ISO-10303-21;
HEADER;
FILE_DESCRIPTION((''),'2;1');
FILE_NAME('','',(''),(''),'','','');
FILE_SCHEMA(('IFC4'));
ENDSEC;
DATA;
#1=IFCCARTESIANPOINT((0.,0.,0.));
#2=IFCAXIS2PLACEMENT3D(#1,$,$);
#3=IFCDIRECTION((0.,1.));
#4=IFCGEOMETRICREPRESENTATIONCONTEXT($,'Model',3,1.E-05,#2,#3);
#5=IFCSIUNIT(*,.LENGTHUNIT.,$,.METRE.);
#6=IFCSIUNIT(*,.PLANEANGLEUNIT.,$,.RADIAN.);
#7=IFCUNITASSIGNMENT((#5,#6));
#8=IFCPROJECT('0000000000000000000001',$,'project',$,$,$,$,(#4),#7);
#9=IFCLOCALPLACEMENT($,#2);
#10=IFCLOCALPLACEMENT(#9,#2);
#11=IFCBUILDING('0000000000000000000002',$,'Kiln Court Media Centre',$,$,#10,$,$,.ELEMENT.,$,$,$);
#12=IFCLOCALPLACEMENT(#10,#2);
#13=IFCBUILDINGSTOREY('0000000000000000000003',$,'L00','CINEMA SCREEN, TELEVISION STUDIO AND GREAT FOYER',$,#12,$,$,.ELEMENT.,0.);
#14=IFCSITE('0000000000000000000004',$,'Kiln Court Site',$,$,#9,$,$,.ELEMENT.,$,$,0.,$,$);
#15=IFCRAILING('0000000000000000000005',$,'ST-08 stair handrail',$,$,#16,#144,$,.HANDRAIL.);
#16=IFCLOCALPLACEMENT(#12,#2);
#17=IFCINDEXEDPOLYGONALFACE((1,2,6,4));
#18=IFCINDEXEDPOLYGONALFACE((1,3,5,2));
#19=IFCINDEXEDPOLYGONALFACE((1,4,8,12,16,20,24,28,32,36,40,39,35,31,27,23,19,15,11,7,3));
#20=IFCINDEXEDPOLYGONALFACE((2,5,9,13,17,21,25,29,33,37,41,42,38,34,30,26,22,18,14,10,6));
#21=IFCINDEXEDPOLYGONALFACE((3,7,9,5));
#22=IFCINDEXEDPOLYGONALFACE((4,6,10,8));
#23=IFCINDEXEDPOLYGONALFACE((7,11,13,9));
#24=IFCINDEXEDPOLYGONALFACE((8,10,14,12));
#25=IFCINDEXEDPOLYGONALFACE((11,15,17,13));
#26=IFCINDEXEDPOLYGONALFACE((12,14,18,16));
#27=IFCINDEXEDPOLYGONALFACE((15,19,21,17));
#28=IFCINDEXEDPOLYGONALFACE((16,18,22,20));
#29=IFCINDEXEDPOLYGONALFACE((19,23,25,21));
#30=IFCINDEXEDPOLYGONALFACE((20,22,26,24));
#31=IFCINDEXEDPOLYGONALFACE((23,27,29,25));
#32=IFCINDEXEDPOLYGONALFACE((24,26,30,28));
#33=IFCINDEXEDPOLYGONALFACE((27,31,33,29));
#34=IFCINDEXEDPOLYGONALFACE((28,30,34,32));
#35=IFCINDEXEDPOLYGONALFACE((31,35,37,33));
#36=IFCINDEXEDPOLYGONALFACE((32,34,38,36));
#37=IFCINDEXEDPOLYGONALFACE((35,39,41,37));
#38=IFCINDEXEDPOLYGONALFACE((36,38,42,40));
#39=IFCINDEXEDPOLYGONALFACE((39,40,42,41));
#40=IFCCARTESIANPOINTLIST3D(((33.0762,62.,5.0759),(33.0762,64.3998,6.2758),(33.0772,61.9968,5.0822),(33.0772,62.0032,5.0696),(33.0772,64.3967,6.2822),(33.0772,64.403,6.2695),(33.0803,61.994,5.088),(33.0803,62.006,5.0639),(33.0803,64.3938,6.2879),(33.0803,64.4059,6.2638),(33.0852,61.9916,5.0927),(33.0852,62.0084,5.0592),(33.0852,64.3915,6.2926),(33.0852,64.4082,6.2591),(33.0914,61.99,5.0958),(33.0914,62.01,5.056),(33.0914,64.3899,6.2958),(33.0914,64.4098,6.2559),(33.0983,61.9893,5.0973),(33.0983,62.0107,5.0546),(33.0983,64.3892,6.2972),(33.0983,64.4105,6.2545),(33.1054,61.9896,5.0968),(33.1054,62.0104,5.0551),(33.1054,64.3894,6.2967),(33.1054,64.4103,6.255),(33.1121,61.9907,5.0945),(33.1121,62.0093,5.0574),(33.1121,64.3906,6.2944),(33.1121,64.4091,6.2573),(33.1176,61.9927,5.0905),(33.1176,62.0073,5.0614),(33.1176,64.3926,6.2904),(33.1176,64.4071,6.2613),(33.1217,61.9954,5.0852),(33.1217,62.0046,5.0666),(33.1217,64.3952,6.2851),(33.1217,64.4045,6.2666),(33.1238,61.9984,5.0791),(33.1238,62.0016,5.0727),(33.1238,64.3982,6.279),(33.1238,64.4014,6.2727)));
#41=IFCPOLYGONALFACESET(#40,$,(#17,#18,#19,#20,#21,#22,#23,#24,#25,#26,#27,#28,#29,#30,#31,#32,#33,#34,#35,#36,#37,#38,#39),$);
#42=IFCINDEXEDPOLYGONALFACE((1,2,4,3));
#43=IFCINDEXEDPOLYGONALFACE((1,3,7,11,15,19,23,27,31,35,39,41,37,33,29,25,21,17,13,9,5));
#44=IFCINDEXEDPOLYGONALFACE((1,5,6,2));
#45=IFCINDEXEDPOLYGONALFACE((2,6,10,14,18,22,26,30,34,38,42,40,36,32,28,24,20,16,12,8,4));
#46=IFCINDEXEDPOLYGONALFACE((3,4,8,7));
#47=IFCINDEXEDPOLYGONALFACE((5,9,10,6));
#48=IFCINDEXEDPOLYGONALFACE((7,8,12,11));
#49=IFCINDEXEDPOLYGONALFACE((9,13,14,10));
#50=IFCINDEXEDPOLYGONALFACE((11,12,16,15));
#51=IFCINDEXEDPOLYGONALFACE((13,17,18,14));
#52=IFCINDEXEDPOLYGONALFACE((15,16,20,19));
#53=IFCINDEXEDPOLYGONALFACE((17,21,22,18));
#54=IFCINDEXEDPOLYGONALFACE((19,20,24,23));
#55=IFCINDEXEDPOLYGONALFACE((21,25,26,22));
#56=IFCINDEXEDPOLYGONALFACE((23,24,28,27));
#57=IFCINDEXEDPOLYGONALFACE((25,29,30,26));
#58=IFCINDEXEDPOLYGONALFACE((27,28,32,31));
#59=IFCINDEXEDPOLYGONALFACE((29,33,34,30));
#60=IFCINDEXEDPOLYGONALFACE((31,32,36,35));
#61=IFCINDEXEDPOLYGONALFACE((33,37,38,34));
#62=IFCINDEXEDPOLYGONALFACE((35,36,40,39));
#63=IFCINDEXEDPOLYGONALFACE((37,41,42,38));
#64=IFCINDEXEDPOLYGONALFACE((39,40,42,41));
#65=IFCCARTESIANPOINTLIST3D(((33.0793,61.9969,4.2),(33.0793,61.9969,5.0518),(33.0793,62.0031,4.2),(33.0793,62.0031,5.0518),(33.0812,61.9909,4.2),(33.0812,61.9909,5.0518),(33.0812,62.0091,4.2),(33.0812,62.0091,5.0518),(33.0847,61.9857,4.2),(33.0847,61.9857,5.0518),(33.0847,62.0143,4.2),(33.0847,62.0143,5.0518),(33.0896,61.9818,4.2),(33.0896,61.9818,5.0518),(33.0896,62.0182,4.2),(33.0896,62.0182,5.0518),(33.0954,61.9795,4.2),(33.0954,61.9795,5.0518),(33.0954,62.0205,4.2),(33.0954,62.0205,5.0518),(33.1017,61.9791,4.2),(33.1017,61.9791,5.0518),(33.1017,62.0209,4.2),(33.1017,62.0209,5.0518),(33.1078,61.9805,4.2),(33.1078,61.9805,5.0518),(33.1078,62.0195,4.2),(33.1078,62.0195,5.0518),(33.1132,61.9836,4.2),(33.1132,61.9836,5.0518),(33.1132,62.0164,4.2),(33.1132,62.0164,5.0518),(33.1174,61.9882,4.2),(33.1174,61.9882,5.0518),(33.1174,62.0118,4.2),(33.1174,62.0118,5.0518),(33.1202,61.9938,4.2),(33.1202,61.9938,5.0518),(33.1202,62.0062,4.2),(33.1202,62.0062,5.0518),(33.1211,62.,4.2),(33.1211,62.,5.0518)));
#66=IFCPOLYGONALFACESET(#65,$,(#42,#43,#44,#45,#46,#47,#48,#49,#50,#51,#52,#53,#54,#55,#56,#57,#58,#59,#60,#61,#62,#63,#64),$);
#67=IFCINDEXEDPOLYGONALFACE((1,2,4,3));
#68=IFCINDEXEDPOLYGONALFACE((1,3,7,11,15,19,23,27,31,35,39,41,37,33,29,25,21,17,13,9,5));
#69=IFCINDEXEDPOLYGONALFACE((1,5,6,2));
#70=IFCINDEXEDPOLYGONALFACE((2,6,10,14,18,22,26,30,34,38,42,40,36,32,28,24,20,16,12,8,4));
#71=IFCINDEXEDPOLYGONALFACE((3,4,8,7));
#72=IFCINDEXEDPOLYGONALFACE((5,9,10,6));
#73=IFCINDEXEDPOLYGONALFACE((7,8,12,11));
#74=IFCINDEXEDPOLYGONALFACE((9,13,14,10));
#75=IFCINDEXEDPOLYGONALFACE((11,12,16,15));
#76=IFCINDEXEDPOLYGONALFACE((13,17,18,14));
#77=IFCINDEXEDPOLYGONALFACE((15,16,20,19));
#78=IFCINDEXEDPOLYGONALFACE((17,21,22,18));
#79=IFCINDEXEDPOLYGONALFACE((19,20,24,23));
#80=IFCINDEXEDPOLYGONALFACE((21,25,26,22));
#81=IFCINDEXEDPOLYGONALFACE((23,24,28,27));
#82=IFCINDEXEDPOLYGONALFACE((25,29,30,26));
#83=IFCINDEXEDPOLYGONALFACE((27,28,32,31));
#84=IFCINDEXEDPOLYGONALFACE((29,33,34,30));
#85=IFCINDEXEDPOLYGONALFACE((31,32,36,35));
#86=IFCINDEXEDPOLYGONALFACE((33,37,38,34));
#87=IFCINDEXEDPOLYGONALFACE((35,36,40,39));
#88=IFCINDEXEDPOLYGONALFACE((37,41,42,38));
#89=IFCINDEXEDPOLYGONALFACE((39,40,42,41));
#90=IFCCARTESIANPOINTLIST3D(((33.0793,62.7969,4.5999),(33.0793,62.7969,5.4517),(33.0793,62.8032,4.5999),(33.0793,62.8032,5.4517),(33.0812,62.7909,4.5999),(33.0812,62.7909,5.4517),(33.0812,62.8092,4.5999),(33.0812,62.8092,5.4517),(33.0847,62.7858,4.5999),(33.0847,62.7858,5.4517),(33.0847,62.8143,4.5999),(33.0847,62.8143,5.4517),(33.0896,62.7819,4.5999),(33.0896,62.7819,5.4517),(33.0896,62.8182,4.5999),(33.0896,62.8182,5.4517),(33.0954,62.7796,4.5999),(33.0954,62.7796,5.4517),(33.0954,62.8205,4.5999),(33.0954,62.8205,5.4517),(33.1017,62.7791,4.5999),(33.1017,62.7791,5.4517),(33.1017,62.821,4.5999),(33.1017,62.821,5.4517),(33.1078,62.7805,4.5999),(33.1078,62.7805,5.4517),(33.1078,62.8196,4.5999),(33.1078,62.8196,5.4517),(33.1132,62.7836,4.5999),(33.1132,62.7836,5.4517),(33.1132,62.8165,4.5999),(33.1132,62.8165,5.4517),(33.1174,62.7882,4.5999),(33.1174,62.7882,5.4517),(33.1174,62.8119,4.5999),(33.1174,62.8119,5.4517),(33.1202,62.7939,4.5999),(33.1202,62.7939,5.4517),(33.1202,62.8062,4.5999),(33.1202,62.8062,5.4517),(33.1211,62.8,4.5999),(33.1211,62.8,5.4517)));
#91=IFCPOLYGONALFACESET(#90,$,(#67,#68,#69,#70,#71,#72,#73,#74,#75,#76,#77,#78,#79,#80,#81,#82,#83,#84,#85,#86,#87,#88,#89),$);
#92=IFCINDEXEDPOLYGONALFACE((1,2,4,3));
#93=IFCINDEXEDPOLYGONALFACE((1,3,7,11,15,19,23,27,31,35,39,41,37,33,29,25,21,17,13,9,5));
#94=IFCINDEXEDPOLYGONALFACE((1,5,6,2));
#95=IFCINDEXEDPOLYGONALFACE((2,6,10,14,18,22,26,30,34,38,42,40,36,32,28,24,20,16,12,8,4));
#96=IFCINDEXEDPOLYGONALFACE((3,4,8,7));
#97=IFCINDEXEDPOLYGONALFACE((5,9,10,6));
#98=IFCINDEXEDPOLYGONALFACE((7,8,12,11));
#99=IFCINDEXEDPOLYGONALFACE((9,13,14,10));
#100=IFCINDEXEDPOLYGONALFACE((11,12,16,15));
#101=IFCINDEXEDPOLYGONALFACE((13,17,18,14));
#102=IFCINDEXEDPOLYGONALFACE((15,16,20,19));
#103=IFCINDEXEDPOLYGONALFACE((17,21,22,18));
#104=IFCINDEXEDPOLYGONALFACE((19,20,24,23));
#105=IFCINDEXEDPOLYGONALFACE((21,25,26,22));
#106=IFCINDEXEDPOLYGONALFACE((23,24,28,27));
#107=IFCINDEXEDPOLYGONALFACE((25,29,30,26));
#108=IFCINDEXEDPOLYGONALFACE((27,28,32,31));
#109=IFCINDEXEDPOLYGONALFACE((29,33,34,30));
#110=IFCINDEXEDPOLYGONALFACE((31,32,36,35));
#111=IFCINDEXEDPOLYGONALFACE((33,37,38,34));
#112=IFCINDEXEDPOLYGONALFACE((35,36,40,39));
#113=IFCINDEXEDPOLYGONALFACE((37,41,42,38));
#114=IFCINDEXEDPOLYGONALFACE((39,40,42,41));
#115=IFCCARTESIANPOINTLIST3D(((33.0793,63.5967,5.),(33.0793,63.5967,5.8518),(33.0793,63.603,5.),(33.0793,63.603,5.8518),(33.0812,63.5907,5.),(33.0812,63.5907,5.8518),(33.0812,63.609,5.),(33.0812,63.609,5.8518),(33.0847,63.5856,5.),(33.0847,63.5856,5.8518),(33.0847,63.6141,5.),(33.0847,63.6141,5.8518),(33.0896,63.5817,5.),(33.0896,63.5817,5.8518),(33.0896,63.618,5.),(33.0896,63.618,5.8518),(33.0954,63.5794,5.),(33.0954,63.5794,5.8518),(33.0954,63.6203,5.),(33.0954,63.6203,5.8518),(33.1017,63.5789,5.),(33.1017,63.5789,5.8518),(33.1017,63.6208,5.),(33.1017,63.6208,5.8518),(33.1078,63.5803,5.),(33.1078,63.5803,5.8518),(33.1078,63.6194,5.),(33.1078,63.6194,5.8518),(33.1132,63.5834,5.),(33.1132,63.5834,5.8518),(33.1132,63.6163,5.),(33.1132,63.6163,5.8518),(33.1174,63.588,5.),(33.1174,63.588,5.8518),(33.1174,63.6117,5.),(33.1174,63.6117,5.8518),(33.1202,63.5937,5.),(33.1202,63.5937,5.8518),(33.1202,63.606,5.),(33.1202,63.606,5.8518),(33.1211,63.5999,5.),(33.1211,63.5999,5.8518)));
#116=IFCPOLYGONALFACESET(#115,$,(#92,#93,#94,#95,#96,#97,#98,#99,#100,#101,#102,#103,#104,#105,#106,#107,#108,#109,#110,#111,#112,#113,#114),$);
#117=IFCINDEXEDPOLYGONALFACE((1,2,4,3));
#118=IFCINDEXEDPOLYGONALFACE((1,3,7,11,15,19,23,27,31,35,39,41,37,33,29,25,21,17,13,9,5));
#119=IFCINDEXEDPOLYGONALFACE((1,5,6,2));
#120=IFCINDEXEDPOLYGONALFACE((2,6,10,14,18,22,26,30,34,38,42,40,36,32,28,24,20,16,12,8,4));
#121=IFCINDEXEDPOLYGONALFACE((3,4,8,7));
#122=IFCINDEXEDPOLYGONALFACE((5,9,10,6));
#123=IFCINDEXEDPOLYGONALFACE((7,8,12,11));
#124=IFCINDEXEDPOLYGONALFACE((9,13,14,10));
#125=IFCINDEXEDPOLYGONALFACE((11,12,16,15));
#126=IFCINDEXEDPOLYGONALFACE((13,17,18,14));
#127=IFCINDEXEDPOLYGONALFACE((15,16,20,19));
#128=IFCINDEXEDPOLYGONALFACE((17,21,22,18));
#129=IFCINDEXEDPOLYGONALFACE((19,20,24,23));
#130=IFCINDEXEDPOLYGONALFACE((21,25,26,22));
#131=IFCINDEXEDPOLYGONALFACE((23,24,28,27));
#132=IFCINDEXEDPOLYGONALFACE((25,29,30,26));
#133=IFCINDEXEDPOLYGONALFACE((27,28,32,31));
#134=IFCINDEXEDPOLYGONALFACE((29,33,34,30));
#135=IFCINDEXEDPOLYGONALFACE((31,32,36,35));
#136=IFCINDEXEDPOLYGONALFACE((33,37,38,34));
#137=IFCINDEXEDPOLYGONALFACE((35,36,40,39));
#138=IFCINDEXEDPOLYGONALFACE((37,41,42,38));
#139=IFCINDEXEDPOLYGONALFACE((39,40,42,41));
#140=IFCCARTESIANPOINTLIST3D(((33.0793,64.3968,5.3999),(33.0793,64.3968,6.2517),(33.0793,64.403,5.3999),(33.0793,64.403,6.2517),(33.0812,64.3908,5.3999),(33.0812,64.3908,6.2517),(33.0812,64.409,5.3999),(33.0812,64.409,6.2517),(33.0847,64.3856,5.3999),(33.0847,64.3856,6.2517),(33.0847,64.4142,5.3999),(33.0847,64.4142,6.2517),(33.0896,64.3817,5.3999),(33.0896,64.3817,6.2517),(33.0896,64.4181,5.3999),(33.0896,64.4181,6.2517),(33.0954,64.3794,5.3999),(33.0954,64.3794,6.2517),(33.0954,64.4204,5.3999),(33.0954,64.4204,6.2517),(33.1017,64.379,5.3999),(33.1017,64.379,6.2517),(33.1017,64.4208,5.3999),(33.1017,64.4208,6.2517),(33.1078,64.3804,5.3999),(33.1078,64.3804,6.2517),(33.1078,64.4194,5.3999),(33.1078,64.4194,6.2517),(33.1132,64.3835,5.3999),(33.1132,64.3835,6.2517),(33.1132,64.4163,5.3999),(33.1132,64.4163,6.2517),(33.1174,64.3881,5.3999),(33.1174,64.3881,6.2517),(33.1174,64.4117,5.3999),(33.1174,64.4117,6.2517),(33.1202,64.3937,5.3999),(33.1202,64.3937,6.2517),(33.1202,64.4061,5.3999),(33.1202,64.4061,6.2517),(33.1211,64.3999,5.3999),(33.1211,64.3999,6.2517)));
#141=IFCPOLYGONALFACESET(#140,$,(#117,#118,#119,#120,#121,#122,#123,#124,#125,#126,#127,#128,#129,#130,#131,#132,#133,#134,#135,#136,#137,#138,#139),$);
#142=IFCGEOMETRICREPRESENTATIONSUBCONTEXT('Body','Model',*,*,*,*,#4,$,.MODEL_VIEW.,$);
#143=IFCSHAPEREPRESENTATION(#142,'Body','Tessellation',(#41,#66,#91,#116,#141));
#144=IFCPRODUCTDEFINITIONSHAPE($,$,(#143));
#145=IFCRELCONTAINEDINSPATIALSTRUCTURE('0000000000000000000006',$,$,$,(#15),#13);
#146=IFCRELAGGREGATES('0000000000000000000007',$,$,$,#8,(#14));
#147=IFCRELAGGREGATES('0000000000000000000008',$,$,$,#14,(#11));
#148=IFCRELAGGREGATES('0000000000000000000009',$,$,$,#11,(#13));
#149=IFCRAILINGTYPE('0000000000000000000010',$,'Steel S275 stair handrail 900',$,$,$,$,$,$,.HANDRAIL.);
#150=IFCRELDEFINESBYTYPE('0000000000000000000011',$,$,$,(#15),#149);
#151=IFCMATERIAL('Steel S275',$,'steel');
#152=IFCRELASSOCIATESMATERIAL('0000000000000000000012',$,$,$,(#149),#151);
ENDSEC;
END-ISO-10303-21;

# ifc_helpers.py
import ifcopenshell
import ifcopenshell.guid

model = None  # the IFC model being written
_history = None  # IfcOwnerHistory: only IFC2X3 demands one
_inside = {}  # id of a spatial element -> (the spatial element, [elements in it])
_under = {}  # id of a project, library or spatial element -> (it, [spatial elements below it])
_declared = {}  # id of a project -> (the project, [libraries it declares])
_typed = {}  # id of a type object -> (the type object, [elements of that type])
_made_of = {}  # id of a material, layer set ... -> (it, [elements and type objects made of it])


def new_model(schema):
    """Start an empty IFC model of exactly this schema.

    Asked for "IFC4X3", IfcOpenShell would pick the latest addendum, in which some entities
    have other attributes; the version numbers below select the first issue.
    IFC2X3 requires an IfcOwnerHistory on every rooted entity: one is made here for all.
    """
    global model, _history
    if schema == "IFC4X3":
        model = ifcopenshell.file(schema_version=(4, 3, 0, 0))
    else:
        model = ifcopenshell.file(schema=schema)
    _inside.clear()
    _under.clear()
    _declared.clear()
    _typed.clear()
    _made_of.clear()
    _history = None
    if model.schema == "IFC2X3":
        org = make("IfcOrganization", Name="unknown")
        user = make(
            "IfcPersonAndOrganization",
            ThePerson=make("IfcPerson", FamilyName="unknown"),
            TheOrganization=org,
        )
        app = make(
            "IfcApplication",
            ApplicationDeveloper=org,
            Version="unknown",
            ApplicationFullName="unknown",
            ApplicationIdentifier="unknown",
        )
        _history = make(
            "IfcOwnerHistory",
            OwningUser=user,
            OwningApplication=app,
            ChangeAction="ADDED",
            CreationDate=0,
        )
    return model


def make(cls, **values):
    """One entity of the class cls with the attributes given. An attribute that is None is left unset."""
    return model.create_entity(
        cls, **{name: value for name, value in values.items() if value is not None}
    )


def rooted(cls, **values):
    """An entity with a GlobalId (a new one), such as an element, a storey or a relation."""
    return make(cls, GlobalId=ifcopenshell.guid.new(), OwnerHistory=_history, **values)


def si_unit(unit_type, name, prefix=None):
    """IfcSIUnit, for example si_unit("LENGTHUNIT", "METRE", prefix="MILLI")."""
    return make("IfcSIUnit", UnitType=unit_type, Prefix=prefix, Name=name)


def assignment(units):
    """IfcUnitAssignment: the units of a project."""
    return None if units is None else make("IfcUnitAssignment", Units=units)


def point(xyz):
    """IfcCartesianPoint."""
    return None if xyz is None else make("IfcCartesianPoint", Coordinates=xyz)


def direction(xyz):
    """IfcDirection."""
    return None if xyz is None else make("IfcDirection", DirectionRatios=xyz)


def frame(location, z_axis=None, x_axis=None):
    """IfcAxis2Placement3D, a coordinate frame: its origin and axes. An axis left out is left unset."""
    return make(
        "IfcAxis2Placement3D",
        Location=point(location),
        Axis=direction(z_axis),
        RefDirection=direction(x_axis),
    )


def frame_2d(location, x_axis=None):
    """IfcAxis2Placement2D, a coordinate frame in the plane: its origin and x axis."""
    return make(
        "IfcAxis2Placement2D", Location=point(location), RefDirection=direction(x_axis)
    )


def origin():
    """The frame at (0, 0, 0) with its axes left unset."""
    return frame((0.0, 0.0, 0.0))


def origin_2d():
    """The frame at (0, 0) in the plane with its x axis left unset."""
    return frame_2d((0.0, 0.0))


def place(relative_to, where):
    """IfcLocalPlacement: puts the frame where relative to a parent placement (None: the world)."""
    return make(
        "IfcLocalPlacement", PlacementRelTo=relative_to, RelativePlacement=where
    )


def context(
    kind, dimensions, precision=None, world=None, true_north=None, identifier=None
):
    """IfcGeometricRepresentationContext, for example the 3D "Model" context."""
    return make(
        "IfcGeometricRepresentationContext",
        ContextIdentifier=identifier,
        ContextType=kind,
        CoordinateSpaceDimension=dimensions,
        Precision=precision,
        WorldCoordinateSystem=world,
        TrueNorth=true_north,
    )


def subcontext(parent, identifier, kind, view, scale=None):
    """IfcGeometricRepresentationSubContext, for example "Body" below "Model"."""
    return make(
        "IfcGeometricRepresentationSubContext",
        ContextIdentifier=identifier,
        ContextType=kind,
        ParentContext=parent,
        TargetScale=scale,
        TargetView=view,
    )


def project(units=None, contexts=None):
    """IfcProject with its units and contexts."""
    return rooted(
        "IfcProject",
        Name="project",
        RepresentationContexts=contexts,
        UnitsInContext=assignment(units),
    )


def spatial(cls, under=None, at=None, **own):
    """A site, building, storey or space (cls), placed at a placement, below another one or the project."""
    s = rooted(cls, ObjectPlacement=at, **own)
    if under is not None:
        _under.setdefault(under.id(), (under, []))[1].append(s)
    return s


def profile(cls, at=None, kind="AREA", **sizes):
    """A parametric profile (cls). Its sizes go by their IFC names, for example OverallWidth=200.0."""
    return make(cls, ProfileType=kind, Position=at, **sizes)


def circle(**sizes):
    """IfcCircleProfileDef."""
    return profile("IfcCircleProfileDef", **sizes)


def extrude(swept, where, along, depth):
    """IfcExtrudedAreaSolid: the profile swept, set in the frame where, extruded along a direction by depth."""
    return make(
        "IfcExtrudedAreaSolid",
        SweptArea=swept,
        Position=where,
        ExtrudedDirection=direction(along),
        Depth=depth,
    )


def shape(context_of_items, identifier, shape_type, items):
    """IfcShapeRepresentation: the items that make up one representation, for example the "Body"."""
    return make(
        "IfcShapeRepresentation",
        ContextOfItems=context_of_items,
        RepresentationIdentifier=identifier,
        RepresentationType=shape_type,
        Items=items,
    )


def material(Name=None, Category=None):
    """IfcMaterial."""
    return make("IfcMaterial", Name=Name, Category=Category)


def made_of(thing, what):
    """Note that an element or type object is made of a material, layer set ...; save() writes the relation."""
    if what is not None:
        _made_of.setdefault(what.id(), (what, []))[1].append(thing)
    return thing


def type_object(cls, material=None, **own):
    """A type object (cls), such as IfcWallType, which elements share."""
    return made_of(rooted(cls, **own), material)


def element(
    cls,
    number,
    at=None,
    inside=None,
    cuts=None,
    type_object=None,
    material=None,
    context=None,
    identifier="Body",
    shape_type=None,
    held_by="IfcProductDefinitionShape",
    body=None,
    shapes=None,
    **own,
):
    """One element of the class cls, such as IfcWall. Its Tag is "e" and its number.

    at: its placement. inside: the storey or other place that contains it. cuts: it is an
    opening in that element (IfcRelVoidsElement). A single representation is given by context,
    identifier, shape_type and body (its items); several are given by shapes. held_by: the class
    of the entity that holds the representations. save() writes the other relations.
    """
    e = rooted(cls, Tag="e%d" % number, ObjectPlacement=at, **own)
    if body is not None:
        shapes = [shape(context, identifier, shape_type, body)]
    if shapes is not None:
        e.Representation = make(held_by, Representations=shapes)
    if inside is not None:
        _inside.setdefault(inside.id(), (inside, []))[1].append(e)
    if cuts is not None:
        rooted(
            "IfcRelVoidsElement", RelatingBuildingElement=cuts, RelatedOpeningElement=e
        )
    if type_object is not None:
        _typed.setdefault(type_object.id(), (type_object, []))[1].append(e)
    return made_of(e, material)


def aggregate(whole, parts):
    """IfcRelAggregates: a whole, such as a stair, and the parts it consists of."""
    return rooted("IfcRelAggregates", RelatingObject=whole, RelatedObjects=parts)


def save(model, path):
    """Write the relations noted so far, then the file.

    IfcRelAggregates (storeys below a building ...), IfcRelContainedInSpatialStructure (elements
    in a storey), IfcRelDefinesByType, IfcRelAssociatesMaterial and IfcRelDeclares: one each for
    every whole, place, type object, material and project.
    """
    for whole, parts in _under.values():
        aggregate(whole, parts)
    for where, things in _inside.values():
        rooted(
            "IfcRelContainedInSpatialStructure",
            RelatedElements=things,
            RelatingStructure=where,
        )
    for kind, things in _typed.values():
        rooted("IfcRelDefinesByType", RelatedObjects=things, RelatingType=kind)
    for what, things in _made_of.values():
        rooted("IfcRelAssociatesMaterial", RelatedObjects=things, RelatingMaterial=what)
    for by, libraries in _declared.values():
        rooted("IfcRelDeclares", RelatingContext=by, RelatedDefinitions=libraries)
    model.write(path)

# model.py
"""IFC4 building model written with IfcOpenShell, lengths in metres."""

from ifc_helpers import new_model, si_unit, direction, frame, origin, origin_2d, place, context, subcontext, project, spatial, circle, extrude, material, type_object, element, save


model = new_model("IFC4")

# Units and contexts
model_context = context("Model", 3, precision=1e-05, world=origin(), true_north=direction((0.0, 1.0)))
body_context = subcontext(model_context, "Body", "Model", "MODEL_VIEW")
ifc_project = project(units=[si_unit("LENGTHUNIT", "METRE"), si_unit("PLANEANGLEUNIT", "RADIAN")], contexts=[model_context])

# Site, building, storey
site_placement = place(None, origin())
site = spatial("IfcSite", under=ifc_project, at=site_placement, Name="Kiln Court Site", CompositionType="ELEMENT", RefElevation=0.0)
building_placement = place(site_placement, origin())
building = spatial("IfcBuilding", under=site, at=building_placement, Name="Kiln Court Media Centre", CompositionType="ELEMENT")
storey_placement = place(building_placement, origin())
storey = spatial("IfcBuildingStorey", under=building, at=storey_placement, Name="L00", Description="CINEMA SCREEN, TELEVISION STUDIO AND GREAT FOYER", CompositionType="ELEMENT", Elevation=0.0)

# Railing
ifc_material_1 = material(Name="Steel S275", Category="steel")
railing_type_1 = type_object("IfcRailingType", Name="Steel S275 stair handrail 900", PredefinedType="HANDRAIL", material=ifc_material_1)
for number, where, name in (
    (1, (33.1001, 62.0, 4.2), "ST-08 stair handrail"),
):
    element("IfcRailing", number, at=place(storey_placement, frame(where)), inside=storey, type_object=railing_type_1, Name=name, PredefinedType="HANDRAIL", context=body_context, shape_type="SweptSolid", body=[
        extrude(circle(Radius=0.0239, at=origin_2d()), frame((0.0, 0.0, 0.876), z_axis=(0.0, 0.894427, 0.447214), x_axis=(-1.0, 0.0, 0.0)), (0.0, 0.0, 1.0), 2.6831),
        extrude(circle(Radius=0.021, at=origin_2d()), origin(), (0.0, 0.0, 1.0), 0.8518),
        extrude(circle(Radius=0.021, at=origin_2d()), frame((0.0, 0.8, 0.3999)), (0.0, 0.0, 1.0), 0.8518),
        extrude(circle(Radius=0.021, at=origin_2d()), frame((0.0, 1.5999, 0.8)), (0.0, 0.0, 1.0), 0.8518),
        extrude(circle(Radius=0.021, at=origin_2d()), frame((0.0, 2.3999, 1.2)), (0.0, 0.0, 1.0), 0.8518),
    ])

save(model, "model.ifc")
